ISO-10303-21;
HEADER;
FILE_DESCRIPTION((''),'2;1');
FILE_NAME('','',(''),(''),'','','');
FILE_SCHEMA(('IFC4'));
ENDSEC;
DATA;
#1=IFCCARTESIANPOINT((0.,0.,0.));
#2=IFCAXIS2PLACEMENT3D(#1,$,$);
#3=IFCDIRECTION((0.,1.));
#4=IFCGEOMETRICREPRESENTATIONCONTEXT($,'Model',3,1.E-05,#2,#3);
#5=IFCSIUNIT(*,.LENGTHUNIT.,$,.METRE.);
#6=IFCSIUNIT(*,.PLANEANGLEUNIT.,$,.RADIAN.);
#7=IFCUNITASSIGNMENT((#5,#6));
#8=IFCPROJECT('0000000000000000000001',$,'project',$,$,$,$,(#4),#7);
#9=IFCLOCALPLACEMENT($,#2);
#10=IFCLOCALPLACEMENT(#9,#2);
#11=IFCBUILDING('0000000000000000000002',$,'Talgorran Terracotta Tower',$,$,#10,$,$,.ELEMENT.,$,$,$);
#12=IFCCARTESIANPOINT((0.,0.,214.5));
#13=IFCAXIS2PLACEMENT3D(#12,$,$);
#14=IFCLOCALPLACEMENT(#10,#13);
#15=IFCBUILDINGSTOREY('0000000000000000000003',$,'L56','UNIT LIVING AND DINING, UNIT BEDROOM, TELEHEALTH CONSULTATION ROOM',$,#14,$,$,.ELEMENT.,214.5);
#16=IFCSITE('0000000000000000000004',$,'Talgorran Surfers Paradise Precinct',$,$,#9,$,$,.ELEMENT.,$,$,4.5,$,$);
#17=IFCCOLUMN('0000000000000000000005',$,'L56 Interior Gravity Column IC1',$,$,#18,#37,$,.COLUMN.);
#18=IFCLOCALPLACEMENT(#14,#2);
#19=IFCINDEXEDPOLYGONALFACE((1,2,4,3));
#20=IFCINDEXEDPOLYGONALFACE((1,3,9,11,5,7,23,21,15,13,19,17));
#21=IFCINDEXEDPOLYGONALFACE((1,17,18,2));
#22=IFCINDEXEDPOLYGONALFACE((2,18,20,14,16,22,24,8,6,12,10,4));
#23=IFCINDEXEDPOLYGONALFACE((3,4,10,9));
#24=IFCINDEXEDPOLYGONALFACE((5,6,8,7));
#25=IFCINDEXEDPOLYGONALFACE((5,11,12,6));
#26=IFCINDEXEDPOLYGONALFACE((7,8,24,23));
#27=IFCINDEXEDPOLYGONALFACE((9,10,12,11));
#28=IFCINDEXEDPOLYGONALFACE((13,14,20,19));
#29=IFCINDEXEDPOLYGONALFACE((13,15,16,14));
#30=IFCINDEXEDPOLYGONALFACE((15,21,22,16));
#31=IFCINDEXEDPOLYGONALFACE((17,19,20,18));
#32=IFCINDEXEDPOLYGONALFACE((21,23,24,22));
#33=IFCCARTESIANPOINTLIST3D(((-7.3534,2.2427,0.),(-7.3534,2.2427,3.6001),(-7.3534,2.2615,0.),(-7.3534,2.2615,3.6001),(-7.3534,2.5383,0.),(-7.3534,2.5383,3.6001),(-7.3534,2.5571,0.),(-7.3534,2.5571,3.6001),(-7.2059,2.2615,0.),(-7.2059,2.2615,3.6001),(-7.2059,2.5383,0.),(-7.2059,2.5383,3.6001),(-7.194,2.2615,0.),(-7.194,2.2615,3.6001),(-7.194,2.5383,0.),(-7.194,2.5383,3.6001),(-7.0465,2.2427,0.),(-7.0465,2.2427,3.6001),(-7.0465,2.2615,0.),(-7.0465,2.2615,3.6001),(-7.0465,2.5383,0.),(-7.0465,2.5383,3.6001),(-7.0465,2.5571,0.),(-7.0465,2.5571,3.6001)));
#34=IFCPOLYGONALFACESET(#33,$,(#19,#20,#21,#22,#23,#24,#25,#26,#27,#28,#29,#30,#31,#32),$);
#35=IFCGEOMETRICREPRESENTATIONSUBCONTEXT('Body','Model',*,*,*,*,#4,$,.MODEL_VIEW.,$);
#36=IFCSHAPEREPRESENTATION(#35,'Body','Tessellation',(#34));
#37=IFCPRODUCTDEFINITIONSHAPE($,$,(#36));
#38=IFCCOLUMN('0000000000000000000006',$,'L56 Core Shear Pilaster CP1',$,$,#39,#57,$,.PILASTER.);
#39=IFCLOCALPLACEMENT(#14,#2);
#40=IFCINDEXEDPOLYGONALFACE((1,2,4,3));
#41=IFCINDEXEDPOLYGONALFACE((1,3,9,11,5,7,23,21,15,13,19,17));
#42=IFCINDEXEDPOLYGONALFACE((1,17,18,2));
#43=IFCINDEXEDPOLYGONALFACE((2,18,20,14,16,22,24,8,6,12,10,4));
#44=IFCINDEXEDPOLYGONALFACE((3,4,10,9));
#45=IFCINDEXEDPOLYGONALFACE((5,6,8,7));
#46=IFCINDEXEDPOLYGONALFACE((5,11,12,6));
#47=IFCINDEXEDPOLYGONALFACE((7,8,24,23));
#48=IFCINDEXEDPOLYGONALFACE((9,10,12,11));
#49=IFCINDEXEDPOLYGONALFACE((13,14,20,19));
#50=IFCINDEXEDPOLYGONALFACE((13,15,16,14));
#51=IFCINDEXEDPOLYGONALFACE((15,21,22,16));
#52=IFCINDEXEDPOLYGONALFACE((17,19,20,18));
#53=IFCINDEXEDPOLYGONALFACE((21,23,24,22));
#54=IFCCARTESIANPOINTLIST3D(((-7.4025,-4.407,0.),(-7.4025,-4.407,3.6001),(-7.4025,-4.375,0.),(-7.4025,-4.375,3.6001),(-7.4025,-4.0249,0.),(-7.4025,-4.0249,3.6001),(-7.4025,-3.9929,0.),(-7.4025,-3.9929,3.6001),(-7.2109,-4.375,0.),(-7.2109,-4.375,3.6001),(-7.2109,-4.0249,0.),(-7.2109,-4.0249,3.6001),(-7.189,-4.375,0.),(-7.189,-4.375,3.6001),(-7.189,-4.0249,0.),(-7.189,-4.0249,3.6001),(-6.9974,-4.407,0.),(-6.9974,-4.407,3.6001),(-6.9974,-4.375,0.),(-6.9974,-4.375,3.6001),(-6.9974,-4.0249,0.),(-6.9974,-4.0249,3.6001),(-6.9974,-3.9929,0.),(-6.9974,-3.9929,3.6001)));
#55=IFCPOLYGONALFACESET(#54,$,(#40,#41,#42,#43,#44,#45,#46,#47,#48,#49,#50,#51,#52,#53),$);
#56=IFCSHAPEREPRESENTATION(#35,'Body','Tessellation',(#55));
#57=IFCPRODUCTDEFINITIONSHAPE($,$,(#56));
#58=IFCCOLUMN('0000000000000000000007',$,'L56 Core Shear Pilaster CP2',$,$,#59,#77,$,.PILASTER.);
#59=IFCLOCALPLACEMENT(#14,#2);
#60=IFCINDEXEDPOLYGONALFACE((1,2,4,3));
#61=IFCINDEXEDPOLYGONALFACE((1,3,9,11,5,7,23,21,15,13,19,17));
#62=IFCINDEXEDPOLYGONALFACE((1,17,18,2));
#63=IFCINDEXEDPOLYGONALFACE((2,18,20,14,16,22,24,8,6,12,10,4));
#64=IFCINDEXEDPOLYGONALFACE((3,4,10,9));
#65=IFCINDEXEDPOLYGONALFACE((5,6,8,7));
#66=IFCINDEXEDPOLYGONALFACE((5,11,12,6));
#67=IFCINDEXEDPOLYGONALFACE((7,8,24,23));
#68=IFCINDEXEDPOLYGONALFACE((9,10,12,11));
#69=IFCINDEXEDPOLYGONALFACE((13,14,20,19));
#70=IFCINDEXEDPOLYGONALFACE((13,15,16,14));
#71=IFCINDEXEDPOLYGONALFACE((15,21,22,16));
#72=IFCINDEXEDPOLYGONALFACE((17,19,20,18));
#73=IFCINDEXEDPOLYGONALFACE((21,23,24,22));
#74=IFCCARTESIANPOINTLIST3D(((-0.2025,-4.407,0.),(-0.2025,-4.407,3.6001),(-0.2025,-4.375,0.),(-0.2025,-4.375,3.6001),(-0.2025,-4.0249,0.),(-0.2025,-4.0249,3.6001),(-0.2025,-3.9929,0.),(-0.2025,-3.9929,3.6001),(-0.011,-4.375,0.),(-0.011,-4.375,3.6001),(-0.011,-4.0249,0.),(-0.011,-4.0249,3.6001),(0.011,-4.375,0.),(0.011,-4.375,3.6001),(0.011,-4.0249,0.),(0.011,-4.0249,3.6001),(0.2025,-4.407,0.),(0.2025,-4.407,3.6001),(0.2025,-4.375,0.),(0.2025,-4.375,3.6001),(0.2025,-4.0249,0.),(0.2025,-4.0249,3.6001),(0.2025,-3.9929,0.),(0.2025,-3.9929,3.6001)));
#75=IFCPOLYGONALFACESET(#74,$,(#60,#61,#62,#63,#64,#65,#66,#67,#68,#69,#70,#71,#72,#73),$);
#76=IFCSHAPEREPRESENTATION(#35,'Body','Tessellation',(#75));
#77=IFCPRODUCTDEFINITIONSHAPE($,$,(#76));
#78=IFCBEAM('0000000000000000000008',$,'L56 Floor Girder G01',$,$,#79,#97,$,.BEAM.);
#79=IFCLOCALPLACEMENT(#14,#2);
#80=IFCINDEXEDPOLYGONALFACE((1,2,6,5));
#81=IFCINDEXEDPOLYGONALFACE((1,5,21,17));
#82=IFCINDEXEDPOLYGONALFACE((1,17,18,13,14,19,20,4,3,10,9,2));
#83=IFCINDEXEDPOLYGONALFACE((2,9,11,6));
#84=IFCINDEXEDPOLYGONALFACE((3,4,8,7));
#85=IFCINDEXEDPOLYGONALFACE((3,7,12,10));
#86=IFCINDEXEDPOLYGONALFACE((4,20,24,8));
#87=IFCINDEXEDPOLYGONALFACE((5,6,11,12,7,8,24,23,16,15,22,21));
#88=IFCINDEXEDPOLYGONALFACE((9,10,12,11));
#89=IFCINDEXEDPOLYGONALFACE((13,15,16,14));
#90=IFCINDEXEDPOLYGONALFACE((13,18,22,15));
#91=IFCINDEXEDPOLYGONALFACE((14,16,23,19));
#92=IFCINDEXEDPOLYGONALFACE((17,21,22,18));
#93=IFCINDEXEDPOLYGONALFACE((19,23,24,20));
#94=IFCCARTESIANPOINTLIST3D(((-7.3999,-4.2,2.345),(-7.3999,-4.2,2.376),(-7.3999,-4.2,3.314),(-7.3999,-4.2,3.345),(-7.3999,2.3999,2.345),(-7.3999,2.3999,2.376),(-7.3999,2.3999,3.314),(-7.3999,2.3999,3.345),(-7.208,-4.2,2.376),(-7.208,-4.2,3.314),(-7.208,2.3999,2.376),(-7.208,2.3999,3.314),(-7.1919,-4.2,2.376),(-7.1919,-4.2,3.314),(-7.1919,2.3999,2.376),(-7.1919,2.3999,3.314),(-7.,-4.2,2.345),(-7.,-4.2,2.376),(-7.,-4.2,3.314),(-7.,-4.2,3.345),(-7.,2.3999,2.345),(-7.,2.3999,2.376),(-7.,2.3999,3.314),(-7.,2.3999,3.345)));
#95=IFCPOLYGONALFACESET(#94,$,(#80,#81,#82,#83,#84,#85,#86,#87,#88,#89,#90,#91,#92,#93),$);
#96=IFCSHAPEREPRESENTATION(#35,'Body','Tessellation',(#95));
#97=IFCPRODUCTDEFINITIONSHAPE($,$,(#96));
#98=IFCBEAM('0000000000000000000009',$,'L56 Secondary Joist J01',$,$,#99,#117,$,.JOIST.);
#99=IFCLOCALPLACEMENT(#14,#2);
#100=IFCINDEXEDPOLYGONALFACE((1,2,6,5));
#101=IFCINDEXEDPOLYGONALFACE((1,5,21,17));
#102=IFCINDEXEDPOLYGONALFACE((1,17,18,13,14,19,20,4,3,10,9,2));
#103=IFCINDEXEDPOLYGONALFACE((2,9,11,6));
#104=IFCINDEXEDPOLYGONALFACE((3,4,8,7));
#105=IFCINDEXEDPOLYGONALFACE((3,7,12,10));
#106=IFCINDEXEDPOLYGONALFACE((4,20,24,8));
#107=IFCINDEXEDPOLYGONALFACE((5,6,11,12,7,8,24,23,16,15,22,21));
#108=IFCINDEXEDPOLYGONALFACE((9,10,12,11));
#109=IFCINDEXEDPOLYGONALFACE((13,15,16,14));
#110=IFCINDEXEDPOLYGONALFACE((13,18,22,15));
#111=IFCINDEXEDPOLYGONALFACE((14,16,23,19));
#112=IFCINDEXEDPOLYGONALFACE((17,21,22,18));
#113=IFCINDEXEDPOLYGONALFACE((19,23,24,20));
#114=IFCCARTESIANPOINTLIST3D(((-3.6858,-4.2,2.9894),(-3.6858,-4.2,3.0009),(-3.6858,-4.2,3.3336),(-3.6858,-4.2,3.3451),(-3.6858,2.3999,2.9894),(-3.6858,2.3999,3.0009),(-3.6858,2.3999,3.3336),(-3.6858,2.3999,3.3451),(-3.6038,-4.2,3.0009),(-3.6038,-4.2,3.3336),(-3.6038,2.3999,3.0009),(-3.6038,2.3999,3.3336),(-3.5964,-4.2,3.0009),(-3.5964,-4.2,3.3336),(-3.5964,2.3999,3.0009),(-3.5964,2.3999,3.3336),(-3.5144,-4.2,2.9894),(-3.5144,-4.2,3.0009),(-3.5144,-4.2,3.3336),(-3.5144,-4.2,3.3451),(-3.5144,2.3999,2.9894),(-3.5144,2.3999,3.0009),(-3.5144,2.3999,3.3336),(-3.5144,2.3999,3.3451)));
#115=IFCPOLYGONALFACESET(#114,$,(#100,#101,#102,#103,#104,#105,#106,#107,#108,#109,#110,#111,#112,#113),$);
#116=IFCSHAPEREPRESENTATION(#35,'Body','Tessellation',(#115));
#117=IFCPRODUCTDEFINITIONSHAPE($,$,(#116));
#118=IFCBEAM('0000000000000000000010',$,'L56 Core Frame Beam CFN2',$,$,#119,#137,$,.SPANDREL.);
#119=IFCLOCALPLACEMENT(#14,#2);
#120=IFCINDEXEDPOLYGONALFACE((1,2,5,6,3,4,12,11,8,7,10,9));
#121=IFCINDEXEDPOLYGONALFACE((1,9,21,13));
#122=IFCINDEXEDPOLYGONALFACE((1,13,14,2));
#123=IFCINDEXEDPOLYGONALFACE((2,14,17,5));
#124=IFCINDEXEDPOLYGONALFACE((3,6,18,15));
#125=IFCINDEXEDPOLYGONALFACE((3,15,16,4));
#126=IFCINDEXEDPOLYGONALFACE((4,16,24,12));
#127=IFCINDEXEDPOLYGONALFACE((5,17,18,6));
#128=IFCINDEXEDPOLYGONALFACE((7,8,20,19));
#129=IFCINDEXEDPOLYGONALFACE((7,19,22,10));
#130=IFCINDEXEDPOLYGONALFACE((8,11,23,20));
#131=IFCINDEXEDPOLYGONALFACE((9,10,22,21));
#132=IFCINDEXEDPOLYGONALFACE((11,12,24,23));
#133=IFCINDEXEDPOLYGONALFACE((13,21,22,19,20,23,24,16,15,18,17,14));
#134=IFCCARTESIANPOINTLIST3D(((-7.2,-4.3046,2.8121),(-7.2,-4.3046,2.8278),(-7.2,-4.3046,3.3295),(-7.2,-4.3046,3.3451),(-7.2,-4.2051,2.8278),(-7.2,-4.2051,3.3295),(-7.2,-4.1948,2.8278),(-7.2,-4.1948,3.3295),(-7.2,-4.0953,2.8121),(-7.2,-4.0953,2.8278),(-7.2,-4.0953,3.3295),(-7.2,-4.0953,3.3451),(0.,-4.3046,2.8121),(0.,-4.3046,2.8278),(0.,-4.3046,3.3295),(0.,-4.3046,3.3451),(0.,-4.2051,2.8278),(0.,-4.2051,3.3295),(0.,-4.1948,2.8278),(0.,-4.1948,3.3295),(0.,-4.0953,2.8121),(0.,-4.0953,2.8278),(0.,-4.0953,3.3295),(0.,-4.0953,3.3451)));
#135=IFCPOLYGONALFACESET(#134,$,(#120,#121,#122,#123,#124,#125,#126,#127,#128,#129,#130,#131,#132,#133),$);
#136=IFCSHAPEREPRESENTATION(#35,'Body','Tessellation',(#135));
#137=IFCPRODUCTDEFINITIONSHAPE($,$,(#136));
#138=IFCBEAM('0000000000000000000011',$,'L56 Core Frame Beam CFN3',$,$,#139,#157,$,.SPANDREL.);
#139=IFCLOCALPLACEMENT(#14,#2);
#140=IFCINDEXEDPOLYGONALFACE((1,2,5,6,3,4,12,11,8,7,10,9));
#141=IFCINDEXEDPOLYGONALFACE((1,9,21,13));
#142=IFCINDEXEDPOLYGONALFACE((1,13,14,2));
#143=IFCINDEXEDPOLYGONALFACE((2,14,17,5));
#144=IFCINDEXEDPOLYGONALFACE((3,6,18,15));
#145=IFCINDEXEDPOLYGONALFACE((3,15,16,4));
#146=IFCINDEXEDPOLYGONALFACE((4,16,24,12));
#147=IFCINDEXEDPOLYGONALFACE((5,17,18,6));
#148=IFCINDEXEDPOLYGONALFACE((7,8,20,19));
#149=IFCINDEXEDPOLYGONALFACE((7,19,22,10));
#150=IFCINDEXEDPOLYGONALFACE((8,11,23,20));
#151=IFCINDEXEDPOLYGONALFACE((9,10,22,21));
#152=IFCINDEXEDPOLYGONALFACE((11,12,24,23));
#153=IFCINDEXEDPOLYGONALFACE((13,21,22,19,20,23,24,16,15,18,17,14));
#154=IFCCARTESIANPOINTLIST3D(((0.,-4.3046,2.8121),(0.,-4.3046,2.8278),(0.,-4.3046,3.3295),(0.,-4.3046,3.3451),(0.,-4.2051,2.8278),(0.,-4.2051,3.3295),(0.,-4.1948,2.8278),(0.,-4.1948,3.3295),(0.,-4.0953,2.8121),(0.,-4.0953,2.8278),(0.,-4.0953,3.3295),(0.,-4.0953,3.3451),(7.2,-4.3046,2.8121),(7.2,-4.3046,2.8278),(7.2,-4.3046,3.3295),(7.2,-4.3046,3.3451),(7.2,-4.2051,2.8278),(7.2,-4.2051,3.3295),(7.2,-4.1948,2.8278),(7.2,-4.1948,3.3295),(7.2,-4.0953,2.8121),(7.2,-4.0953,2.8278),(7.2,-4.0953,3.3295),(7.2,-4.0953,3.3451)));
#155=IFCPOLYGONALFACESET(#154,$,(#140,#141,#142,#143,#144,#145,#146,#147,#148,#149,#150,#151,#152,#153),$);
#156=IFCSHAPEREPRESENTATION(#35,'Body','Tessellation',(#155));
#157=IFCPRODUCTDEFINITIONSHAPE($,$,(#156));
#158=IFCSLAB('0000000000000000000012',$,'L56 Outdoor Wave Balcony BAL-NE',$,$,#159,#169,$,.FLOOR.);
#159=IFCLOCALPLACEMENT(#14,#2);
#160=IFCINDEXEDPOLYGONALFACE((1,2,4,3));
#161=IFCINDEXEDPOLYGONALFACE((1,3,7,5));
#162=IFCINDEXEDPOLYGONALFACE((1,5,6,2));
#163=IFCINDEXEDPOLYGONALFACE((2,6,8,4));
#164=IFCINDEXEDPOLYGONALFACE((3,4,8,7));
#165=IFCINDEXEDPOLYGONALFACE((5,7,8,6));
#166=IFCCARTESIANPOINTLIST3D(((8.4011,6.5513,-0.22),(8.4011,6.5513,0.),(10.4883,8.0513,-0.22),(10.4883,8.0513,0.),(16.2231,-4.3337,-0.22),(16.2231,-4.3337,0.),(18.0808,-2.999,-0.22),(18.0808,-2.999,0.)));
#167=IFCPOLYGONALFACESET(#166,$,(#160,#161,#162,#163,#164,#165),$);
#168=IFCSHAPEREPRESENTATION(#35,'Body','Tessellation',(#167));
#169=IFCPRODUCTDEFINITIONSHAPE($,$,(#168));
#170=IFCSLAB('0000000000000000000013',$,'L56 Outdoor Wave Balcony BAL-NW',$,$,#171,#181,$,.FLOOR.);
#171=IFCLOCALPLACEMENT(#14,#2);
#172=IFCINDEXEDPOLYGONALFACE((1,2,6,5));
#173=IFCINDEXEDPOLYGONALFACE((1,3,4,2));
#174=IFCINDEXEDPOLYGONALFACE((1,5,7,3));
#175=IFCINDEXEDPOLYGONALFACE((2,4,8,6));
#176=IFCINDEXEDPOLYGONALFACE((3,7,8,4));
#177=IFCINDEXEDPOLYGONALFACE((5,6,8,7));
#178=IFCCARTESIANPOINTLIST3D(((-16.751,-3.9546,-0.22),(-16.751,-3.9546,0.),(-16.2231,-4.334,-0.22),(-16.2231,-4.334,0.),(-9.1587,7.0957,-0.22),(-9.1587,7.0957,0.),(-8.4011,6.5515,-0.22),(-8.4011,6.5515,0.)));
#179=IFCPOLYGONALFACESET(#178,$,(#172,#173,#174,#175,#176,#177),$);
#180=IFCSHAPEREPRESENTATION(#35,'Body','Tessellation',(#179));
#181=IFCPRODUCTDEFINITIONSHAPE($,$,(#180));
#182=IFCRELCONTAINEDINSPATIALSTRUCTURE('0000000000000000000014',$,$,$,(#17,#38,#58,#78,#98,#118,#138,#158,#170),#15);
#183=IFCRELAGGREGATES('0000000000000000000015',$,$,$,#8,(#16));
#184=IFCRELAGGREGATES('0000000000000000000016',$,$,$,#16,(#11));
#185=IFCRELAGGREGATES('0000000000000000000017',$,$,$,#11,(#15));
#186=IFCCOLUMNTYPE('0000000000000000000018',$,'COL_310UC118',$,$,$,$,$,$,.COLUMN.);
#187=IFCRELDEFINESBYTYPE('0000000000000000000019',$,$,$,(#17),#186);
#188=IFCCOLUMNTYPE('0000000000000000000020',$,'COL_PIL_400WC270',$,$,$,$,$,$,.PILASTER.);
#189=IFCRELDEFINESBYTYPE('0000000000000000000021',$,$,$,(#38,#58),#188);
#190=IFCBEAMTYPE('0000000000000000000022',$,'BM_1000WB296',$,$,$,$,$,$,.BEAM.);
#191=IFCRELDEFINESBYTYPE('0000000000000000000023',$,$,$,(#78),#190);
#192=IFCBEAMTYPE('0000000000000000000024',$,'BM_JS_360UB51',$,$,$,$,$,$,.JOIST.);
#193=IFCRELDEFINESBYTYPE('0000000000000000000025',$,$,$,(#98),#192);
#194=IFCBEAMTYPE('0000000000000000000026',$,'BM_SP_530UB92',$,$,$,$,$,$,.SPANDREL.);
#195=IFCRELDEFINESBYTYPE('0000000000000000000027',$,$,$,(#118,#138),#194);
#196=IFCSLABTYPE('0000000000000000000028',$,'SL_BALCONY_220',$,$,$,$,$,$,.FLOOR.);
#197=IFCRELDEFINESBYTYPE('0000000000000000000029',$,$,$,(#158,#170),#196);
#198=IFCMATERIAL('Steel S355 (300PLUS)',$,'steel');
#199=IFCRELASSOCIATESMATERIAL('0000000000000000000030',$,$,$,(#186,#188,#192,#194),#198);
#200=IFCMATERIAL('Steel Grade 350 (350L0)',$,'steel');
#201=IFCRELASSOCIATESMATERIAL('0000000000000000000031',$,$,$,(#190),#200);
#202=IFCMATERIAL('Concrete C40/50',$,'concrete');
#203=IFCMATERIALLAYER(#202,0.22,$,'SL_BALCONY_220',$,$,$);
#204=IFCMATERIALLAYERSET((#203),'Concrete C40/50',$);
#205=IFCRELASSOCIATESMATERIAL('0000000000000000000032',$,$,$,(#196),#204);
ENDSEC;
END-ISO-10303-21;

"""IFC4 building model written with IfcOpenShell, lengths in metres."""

from ifc_helpers import new_model, si_unit, direction, frame, origin, origin_2d, place, context, subcontext, project, spatial, polyline, i_section, outline, extrude, material, layer, layer_set, material_profile, profile_set, type_object, element, save


model = new_model("IFC4")

# Units and contexts
model_context = context("Model", 3, precision=1e-05, world=origin(), true_north=direction((0.0, 1.0)))
body_context = subcontext(model_context, "Body", "Model", "MODEL_VIEW")
ifc_project = project(units=[si_unit("LENGTHUNIT", "METRE"), si_unit("PLANEANGLEUNIT", "RADIAN")], contexts=[model_context])

# Site, building, storey
site_placement = place(None, origin())
site = spatial("IfcSite", under=ifc_project, at=site_placement, Name="Talgorran Surfers Paradise Precinct", CompositionType="ELEMENT", RefElevation=4.5)
building_placement = place(site_placement, origin())
building = spatial("IfcBuilding", under=site, at=building_placement, Name="Talgorran Terracotta Tower", CompositionType="ELEMENT")
storey_placement = place(building_placement, frame((0.0, 0.0, 214.5)))
storey = spatial("IfcBuildingStorey", under=building, at=storey_placement, Name="L56", Description="UNIT LIVING AND DINING, UNIT BEDROOM, TELEHEALTH CONSULTATION ROOM", CompositionType="ELEMENT", Elevation=214.5)

# Columns
ifc_material_1 = material(Name="Steel S355 (300PLUS)", Category="steel")
ifc_material_profile_1 = material_profile(ifc_material_1, i_section(OverallWidth=0.3069, OverallDepth=0.3145, WebThickness=0.012, FlangeThickness=0.0188, at=origin_2d()), Name="310UC118")
ifc_profile_set_1 = profile_set([ifc_material_profile_1], Name="Steel S355 (300PLUS)")
column_type_1 = type_object("IfcColumnType", Name="COL_310UC118", PredefinedType="COLUMN", material=ifc_profile_set_1)
column_placement = place(storey_placement, frame((-7.2, 2.3999, 0.0), z_axis=(0.0, 0.0, 1.0), x_axis=(1.0, 0.0, 0.0)))
element("IfcColumn", 1, at=column_placement, inside=storey, type_object=column_type_1, Name="L56 Interior Gravity Column IC1", PredefinedType="COLUMN", context=body_context, shape_type="SweptSolid", body=[
    extrude(i_section(OverallWidth=0.3069, OverallDepth=0.3145, WebThickness=0.012, FlangeThickness=0.0188, at=origin_2d()), origin(), (0.0, 0.0, 1.0), 3.6001),
])
ifc_material_profile_2 = material_profile(ifc_material_1, i_section(OverallWidth=0.405, OverallDepth=0.4141, WebThickness=0.022, FlangeThickness=0.032, at=origin_2d()), Name="400WC270")
ifc_profile_set_2 = profile_set([ifc_material_profile_2], Name="Steel S355 (300PLUS)")
column_type_2 = type_object("IfcColumnType", Name="COL_PIL_400WC270", PredefinedType="PILASTER", material=ifc_profile_set_2)
for number, where, z_axis, x_axis, name in (
    (2, (-7.2, -4.2, 0.0), (0.0, 0.0, 1.0), (1.0, 0.0, 0.0), "L56 Core Shear Pilaster CP1"),
    (3, (0.0, -4.2, 0.0), (0.0, 0.0, 1.0), (1.0, 0.0, 0.0), "L56 Core Shear Pilaster CP2"),
):
    element("IfcColumn", number, at=place(storey_placement, frame(where, z_axis=z_axis, x_axis=x_axis)), inside=storey, type_object=column_type_2, Name=name, PredefinedType="PILASTER", context=body_context, shape_type="SweptSolid", body=[
        extrude(i_section(OverallWidth=0.405, OverallDepth=0.4141, WebThickness=0.022, FlangeThickness=0.032, at=origin_2d()), origin(), (0.0, 0.0, 1.0), 3.6001),
    ])

# Beams
ifc_material_2 = material(Name="Steel Grade 350 (350L0)", Category="steel")
ifc_material_profile_3 = material_profile(ifc_material_2, i_section(OverallWidth=0.3999, OverallDepth=1.0, WebThickness=0.0161, FlangeThickness=0.031, at=origin_2d()), Name="1000WB296")
ifc_profile_set_3 = profile_set([ifc_material_profile_3], Name="Steel Grade 350 (350L0)")
beam_type_1 = type_object("IfcBeamType", Name="BM_1000WB296", PredefinedType="BEAM", material=ifc_profile_set_3)
beam_1_placement = place(storey_placement, frame((-7.2, -4.2, 2.845), z_axis=(0.0, 1.0, 0.0), x_axis=(-1.0, 0.0, 0.0)))
element("IfcBeam", 4, at=beam_1_placement, inside=storey, type_object=beam_type_1, Name="L56 Floor Girder G01", PredefinedType="BEAM", context=body_context, shape_type="SweptSolid", body=[
    extrude(i_section(OverallWidth=0.3999, OverallDepth=1.0, WebThickness=0.0161, FlangeThickness=0.031, at=origin_2d()), origin(), (0.0, 0.0, 1.0), 6.5999),
])
ifc_material_profile_4 = material_profile(ifc_material_1, i_section(OverallWidth=0.1714, OverallDepth=0.3557, WebThickness=0.0073, FlangeThickness=0.0115, at=origin_2d()), Name="360UB50.7")
ifc_profile_set_4 = profile_set([ifc_material_profile_4], Name="Steel S355 (300PLUS)")
beam_type_2 = type_object("IfcBeamType", Name="BM_JS_360UB51", PredefinedType="JOIST", material=ifc_profile_set_4)
beam_2_placement = place(storey_placement, frame((-3.6001, -4.2, 3.1672), z_axis=(0.0, 1.0, 0.0), x_axis=(-1.0, 0.0, 0.0)))
element("IfcBeam", 5, at=beam_2_placement, inside=storey, type_object=beam_type_2, Name="L56 Secondary Joist J01", PredefinedType="JOIST", context=body_context, shape_type="SweptSolid", body=[
    extrude(i_section(OverallWidth=0.1714, OverallDepth=0.3557, WebThickness=0.0073, FlangeThickness=0.0115, at=origin_2d()), origin(), (0.0, 0.0, 1.0), 6.5999),
])
ifc_material_profile_5 = material_profile(ifc_material_1, i_section(OverallWidth=0.2092, OverallDepth=0.533, WebThickness=0.0103, FlangeThickness=0.0156, at=origin_2d()), Name="530UB92.4")
ifc_profile_set_5 = profile_set([ifc_material_profile_5], Name="Steel S355 (300PLUS)")
beam_type_3 = type_object("IfcBeamType", Name="BM_SP_530UB92", PredefinedType="SPANDREL", material=ifc_profile_set_5)
for number, where, z_axis, x_axis, name in (
    (6, (-7.2, -4.2, 3.0786), (1.0, 0.0, 0.0), (0.0, 1.0, 0.0), "L56 Core Frame Beam CFN2"),
    (7, (0.0, -4.2, 3.0786), (1.0, 0.0, 0.0), (0.0, 1.0, 0.0), "L56 Core Frame Beam CFN3"),
):
    element("IfcBeam", number, at=place(storey_placement, frame(where, z_axis=z_axis, x_axis=x_axis)), inside=storey, type_object=beam_type_3, Name=name, PredefinedType="SPANDREL", context=body_context, shape_type="SweptSolid", body=[
        extrude(i_section(OverallWidth=0.2092, OverallDepth=0.533, WebThickness=0.0103, FlangeThickness=0.0156, at=origin_2d()), origin(), (0.0, 0.0, 1.0), 7.2),
    ])

# Slabs
ifc_material_3 = material(Name="Concrete C40/50", Category="concrete")
ifc_layer_1 = layer(ifc_material_3, 0.22, Name="SL_BALCONY_220")
ifc_layer_set_1 = layer_set([ifc_layer_1], Name="Concrete C40/50")
slab_type_1 = type_object("IfcSlabType", Name="SL_BALCONY_220", PredefinedType="FLOOR", material=ifc_layer_set_1)
slab_1_placement = place(storey_placement, frame((0.0, 0.0, -0.22)))
element("IfcSlab", 8, at=slab_1_placement, inside=storey, type_object=slab_type_1, Name="L56 Outdoor Wave Balcony BAL-NE", PredefinedType="FLOOR", context=body_context, shape_type="SweptSolid", body=[
    extrude(outline(polyline([(8.4011, 6.5513), (16.2231, -4.3337), (18.0808, -2.999), (10.4883, 8.0513), (8.4011, 6.5513)])), origin(), (0.0, 0.0, 1.0), 0.22),
])
slab_2_placement = place(storey_placement, frame((0.0, 0.0, -0.22)))
element("IfcSlab", 9, at=slab_2_placement, inside=storey, type_object=slab_type_1, Name="L56 Outdoor Wave Balcony BAL-NW", PredefinedType="FLOOR", context=body_context, shape_type="SweptSolid", body=[
    extrude(outline(polyline([(-16.2231, -4.334), (-8.4011, 6.5515), (-9.1587, 7.0957), (-16.751, -3.9546), (-16.2231, -4.334)])), origin(), (0.0, 0.0, 1.0), 0.22),
])

save(model, "model.ifc")
